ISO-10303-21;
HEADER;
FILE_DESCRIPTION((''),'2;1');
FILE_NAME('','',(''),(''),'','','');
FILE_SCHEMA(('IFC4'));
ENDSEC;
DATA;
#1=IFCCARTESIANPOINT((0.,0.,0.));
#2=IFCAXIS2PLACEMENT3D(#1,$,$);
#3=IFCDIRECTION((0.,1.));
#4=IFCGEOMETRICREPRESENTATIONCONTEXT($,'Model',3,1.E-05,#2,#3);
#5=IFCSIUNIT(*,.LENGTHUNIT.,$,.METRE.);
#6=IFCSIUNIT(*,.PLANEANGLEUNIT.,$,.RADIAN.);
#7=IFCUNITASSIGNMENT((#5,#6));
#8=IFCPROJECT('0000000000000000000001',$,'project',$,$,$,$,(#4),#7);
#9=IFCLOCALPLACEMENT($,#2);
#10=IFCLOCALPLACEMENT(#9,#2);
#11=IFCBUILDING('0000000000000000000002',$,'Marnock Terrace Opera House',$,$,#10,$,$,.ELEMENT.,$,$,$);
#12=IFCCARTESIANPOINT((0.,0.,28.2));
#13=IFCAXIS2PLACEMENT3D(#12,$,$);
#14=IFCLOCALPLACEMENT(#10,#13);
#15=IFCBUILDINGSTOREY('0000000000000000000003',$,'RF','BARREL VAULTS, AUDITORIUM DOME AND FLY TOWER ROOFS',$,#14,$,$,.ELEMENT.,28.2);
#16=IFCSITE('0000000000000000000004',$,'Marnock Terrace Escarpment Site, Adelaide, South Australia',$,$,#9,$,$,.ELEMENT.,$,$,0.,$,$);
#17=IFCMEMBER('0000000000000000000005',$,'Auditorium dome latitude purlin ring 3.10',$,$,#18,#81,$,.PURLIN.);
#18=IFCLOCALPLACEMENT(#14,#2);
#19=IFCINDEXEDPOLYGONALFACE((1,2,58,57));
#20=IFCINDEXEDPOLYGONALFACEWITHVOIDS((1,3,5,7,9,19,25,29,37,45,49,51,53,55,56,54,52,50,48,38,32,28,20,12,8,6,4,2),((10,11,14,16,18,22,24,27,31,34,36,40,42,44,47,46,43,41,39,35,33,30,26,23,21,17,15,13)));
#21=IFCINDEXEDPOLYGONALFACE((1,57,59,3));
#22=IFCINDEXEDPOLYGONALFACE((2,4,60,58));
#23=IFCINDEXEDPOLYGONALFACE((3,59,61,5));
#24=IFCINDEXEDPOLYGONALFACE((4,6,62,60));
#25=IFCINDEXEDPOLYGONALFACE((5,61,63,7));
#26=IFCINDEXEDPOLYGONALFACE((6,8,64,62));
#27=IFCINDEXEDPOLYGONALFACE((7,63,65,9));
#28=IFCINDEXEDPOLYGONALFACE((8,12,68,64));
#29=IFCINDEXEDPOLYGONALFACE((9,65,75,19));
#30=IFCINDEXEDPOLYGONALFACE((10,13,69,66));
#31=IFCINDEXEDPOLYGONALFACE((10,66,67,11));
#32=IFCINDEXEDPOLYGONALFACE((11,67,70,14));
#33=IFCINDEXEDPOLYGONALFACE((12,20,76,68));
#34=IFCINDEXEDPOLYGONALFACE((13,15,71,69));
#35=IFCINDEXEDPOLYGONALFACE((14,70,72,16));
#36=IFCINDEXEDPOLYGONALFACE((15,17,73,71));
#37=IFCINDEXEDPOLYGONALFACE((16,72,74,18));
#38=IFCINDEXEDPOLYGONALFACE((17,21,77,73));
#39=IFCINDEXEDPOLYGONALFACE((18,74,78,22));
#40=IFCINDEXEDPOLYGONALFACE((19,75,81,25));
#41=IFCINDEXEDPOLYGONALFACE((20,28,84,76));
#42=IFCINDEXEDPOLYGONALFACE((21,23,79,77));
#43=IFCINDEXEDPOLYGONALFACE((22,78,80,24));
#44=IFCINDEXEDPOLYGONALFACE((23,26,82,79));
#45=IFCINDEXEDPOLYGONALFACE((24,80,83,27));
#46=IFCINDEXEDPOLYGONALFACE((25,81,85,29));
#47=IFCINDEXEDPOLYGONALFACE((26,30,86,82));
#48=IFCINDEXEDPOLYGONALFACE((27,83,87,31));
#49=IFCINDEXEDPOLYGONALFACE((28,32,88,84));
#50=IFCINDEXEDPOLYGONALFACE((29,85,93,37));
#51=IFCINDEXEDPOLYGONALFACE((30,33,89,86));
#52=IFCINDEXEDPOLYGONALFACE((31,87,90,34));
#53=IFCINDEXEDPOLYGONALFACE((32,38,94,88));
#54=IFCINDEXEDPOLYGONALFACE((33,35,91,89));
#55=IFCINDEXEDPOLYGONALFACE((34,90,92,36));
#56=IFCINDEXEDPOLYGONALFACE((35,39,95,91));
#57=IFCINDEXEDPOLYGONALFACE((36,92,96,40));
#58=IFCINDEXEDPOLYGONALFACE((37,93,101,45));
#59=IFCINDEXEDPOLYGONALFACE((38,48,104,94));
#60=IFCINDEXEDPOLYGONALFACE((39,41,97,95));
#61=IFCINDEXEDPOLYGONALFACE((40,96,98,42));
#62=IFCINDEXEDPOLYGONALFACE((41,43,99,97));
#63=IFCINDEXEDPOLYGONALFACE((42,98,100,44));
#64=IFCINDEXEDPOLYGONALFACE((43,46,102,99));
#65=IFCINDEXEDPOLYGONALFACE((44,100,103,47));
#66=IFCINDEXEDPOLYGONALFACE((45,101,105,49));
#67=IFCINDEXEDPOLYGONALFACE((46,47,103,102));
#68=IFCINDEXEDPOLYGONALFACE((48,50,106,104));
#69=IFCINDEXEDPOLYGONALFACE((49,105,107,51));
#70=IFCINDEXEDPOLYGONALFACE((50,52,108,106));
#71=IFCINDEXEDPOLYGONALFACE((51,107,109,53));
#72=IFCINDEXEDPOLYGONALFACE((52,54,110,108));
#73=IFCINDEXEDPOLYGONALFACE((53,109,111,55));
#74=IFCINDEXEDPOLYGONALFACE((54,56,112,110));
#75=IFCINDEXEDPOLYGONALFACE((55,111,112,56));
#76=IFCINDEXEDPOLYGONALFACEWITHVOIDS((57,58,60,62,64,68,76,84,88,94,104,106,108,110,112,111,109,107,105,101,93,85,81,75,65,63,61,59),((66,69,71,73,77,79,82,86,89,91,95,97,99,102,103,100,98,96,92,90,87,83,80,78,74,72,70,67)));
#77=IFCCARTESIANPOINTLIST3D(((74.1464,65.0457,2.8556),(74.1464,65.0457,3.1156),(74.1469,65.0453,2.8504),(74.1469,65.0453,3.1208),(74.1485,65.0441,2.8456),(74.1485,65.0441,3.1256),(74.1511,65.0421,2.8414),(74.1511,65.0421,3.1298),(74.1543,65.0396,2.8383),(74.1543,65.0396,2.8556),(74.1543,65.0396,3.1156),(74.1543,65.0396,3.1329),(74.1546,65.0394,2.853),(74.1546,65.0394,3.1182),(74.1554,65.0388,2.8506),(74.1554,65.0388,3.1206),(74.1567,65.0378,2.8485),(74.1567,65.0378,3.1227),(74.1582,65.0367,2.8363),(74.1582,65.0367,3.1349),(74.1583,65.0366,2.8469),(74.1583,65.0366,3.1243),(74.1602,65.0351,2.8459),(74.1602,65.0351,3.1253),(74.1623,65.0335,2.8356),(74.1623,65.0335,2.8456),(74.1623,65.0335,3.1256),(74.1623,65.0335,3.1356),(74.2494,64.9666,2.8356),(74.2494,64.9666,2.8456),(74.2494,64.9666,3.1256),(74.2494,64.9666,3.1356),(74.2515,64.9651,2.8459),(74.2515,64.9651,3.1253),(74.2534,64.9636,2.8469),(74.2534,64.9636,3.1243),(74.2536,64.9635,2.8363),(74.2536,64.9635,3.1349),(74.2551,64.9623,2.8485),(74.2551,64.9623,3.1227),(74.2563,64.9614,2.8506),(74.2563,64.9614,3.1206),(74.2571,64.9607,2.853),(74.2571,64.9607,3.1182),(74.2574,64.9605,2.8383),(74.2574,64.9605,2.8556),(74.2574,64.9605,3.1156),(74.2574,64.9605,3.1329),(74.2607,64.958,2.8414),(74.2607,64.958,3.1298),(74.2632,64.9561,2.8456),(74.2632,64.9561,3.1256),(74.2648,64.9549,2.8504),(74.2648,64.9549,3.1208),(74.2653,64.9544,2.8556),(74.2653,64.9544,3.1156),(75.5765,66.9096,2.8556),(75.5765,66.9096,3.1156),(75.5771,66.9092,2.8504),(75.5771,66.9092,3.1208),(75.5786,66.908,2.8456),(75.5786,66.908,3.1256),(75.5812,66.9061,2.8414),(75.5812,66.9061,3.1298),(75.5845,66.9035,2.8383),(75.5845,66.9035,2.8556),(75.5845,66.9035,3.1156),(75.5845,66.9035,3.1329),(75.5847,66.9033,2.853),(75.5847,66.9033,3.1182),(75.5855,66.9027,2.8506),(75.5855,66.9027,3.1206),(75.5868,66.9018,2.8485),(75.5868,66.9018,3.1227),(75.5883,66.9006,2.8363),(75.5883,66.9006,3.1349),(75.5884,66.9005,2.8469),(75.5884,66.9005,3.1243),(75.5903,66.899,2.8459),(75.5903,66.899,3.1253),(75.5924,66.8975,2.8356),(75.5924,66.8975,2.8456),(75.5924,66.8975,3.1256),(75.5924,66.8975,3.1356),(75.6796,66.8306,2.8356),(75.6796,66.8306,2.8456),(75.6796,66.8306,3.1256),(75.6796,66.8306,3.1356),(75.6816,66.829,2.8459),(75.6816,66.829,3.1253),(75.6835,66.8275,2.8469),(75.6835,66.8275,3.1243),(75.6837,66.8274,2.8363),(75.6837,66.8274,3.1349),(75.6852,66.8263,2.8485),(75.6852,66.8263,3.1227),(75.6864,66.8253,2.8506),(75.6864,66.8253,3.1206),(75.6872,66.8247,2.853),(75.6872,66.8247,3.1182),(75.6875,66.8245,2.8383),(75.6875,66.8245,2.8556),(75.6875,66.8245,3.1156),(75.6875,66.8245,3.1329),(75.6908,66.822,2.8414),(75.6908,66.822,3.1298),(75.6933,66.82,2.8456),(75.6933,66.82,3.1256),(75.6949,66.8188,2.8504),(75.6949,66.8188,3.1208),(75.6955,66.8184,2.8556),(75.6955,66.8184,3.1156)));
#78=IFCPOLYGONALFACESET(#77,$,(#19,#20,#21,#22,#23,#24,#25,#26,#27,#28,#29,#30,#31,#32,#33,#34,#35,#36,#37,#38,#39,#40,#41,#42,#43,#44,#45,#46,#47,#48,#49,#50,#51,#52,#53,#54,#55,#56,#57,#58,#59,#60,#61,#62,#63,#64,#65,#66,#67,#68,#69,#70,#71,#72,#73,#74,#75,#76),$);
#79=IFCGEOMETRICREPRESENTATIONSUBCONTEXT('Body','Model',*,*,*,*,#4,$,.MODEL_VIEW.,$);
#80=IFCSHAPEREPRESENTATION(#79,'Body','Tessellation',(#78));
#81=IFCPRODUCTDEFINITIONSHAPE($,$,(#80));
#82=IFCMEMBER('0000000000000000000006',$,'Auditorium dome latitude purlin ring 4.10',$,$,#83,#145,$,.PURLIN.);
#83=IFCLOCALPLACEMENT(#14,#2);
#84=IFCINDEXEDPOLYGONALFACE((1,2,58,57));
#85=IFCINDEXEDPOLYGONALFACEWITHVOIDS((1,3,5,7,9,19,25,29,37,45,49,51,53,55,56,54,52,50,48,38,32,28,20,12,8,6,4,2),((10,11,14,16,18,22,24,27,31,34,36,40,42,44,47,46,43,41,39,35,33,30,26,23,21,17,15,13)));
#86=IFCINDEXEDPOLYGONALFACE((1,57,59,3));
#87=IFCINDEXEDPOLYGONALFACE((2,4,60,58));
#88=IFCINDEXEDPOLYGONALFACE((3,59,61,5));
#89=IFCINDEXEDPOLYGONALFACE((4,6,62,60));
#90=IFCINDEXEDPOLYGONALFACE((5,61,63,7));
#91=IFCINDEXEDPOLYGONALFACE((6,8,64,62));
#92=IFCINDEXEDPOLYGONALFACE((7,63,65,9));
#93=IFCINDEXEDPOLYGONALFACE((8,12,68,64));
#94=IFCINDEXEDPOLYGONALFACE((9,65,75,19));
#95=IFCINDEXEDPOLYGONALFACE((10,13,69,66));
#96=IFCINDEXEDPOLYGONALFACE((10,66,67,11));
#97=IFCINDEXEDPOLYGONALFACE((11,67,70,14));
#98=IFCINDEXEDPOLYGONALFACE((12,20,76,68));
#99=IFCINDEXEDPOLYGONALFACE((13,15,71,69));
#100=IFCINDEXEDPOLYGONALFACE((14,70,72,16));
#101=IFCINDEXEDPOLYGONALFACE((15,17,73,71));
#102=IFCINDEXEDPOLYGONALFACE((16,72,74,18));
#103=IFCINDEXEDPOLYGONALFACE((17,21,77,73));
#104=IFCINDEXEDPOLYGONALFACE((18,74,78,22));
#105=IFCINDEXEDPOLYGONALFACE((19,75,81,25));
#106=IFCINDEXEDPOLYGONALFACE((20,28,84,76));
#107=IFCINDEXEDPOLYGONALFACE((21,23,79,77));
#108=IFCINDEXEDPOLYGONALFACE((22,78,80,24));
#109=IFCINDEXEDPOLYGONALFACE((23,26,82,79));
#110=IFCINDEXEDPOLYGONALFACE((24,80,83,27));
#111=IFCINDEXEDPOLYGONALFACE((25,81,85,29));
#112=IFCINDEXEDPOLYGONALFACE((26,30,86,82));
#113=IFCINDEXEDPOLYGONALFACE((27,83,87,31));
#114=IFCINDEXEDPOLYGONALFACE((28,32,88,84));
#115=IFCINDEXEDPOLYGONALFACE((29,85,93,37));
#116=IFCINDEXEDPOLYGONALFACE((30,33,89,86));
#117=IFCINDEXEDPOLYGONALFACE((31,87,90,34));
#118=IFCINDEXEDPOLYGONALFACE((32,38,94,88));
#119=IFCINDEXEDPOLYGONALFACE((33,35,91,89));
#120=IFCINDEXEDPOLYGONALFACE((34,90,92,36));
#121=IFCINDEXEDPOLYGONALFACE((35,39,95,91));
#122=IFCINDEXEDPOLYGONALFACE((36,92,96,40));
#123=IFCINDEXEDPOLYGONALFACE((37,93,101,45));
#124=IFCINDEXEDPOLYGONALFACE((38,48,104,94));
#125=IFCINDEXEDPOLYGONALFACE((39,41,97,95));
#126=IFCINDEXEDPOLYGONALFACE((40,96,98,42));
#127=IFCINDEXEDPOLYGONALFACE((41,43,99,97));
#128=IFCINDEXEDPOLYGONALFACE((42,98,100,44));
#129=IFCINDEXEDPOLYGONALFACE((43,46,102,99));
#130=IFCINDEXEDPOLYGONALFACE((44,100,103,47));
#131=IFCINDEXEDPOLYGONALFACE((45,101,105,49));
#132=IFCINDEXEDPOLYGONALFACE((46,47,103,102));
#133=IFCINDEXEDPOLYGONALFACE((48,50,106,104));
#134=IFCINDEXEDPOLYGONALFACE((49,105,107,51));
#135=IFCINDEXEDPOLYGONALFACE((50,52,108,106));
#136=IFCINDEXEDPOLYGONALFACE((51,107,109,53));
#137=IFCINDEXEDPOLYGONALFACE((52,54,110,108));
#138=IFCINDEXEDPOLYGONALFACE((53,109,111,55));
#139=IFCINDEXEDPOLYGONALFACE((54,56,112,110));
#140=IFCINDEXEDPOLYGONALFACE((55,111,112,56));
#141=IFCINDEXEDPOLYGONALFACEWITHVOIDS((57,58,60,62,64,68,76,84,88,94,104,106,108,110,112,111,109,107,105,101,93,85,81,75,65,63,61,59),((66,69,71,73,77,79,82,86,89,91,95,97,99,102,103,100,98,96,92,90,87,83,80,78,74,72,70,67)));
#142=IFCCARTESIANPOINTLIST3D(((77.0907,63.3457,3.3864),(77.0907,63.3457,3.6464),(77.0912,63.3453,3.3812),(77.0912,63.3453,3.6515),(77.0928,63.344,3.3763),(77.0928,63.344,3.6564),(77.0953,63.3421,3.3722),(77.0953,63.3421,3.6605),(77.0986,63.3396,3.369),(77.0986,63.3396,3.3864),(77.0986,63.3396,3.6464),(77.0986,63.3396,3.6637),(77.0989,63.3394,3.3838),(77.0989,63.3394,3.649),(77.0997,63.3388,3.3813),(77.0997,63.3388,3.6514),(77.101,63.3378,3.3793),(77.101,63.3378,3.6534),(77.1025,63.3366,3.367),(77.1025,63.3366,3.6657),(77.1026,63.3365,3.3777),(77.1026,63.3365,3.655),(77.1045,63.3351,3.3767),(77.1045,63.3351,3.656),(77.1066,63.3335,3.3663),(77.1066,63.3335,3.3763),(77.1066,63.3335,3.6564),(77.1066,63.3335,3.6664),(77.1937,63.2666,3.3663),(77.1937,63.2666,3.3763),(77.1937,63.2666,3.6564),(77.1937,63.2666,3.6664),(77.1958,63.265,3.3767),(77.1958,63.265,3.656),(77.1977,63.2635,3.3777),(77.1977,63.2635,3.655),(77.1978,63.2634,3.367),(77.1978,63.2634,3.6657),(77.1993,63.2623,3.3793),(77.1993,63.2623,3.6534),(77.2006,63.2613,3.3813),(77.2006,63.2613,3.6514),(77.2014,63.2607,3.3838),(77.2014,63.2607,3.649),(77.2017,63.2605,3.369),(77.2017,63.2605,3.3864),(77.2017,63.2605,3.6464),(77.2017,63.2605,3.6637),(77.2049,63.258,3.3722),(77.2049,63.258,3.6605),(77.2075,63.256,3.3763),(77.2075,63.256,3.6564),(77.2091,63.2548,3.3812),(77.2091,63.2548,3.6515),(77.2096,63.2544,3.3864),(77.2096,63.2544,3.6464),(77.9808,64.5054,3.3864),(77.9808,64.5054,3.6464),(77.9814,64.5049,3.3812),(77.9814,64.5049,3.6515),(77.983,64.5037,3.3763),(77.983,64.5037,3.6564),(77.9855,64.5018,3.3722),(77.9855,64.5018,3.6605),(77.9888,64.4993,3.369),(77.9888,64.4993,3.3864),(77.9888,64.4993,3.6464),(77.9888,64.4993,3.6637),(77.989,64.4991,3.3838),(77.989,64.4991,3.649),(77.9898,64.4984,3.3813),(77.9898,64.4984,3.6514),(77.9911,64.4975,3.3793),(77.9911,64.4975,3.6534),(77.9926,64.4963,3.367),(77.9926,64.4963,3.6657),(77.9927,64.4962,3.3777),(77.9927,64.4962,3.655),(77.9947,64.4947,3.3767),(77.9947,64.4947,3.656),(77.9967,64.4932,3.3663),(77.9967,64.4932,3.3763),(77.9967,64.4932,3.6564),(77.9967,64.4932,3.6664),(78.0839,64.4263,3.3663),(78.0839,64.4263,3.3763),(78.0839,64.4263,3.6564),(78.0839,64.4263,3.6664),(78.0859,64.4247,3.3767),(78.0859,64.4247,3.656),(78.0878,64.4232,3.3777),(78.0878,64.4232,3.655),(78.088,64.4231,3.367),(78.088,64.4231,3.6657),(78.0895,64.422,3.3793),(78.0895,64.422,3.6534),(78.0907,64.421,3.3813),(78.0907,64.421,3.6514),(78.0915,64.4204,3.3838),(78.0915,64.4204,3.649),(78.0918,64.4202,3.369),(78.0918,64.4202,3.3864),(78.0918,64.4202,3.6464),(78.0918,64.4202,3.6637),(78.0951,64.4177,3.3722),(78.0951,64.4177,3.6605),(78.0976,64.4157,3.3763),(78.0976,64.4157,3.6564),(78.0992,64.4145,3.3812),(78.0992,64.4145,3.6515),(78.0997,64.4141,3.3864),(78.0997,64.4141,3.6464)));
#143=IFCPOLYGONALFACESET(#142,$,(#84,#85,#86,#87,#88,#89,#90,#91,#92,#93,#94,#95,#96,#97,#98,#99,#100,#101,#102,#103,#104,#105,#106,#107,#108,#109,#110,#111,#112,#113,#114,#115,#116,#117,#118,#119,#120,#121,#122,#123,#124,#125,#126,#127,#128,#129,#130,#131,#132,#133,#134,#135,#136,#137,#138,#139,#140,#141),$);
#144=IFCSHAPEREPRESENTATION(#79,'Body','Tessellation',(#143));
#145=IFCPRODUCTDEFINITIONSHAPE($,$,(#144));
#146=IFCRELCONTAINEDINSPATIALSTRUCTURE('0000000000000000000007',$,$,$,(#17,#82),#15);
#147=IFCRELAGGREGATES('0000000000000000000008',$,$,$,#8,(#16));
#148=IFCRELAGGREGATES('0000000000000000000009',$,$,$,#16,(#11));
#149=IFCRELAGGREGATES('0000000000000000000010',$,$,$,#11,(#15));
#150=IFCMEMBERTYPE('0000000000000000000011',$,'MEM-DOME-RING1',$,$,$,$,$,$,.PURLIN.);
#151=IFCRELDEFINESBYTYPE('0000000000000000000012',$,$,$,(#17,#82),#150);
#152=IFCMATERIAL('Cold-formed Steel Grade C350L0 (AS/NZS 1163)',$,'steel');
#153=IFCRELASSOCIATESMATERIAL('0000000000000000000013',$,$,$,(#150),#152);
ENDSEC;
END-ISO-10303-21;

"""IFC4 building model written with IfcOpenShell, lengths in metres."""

from ifc_helpers import new_model, si_unit, direction, frame, origin, origin_2d, place, context, subcontext, project, spatial, hollow_rectangle, extrude, material, material_profile, profile_set, type_object, element, save


model = new_model("IFC4")

# Units and contexts
model_context = context("Model", 3, precision=1e-05, world=origin(), true_north=direction((0.0, 1.0)))
body_context = subcontext(model_context, "Body", "Model", "MODEL_VIEW")
ifc_project = project(units=[si_unit("LENGTHUNIT", "METRE"), si_unit("PLANEANGLEUNIT", "RADIAN")], contexts=[model_context])

# Site, building, storey
site_placement = place(None, origin())
site = spatial("IfcSite", under=ifc_project, at=site_placement, Name="Marnock Terrace Escarpment Site, Adelaide, South Australia", CompositionType="ELEMENT", RefElevation=0.0)
building_placement = place(site_placement, origin())
building = spatial("IfcBuilding", under=site, at=building_placement, Name="Marnock Terrace Opera House", CompositionType="ELEMENT")
storey_placement = place(building_placement, frame((0.0, 0.0, 28.2)))
storey = spatial("IfcBuildingStorey", under=building, at=storey_placement, Name="RF", Description="BARREL VAULTS, AUDITORIUM DOME AND FLY TOWER ROOFS", CompositionType="ELEMENT", Elevation=28.2)

# Members
ifc_material_1 = material(Name="Cold-formed Steel Grade C350L0 (AS/NZS 1163)", Category="steel")
ifc_material_profile_1 = material_profile(ifc_material_1, hollow_rectangle(XDim=0.1499, YDim=0.3, WallThickness=0.01, InnerFilletRadius=0.01, OuterFilletRadius=0.02, at=origin_2d()))
ifc_profile_set_1 = profile_set([ifc_material_profile_1], Name="Cold-formed Steel Grade C350L0 (AS/NZS 1163)")
member_type_1 = type_object("IfcMemberType", Name="MEM-DOME-RING1", PredefinedType="PURLIN", material=ifc_profile_set_1)
member_1_placement = place(storey_placement, frame((75.636, 66.864, 2.9856), z_axis=(-0.608726, -0.793381, 0.0), x_axis=(0.793381, -0.608726, 0.0)))
element("IfcMember", 1, at=member_1_placement, inside=storey, type_object=member_type_1, Name="Auditorium dome latitude purlin ring 3.10", PredefinedType="PURLIN", context=body_context, shape_type="SweptSolid", body=[
    extrude(hollow_rectangle(XDim=0.1499, YDim=0.3, WallThickness=0.01, InnerFilletRadius=0.01, OuterFilletRadius=0.02, at=origin_2d()), origin(), (0.0, 0.0, 1.0), 2.3494),
])
member_2_placement = place(storey_placement, frame((78.0403, 64.4597, 3.5164), z_axis=(-0.608887, -0.793257, 0.0), x_axis=(0.793257, -0.608887, 0.0)))
element("IfcMember", 2, at=member_2_placement, inside=storey, type_object=member_type_1, Name="Auditorium dome latitude purlin ring 4.10", PredefinedType="PURLIN", context=body_context, shape_type="SweptSolid", body=[
    extrude(hollow_rectangle(XDim=0.1499, YDim=0.3, WallThickness=0.01, InnerFilletRadius=0.01, OuterFilletRadius=0.02, at=origin_2d()), origin(), (0.0, 0.0, 1.0), 1.4619),
])

save(model, "model.ifc")
